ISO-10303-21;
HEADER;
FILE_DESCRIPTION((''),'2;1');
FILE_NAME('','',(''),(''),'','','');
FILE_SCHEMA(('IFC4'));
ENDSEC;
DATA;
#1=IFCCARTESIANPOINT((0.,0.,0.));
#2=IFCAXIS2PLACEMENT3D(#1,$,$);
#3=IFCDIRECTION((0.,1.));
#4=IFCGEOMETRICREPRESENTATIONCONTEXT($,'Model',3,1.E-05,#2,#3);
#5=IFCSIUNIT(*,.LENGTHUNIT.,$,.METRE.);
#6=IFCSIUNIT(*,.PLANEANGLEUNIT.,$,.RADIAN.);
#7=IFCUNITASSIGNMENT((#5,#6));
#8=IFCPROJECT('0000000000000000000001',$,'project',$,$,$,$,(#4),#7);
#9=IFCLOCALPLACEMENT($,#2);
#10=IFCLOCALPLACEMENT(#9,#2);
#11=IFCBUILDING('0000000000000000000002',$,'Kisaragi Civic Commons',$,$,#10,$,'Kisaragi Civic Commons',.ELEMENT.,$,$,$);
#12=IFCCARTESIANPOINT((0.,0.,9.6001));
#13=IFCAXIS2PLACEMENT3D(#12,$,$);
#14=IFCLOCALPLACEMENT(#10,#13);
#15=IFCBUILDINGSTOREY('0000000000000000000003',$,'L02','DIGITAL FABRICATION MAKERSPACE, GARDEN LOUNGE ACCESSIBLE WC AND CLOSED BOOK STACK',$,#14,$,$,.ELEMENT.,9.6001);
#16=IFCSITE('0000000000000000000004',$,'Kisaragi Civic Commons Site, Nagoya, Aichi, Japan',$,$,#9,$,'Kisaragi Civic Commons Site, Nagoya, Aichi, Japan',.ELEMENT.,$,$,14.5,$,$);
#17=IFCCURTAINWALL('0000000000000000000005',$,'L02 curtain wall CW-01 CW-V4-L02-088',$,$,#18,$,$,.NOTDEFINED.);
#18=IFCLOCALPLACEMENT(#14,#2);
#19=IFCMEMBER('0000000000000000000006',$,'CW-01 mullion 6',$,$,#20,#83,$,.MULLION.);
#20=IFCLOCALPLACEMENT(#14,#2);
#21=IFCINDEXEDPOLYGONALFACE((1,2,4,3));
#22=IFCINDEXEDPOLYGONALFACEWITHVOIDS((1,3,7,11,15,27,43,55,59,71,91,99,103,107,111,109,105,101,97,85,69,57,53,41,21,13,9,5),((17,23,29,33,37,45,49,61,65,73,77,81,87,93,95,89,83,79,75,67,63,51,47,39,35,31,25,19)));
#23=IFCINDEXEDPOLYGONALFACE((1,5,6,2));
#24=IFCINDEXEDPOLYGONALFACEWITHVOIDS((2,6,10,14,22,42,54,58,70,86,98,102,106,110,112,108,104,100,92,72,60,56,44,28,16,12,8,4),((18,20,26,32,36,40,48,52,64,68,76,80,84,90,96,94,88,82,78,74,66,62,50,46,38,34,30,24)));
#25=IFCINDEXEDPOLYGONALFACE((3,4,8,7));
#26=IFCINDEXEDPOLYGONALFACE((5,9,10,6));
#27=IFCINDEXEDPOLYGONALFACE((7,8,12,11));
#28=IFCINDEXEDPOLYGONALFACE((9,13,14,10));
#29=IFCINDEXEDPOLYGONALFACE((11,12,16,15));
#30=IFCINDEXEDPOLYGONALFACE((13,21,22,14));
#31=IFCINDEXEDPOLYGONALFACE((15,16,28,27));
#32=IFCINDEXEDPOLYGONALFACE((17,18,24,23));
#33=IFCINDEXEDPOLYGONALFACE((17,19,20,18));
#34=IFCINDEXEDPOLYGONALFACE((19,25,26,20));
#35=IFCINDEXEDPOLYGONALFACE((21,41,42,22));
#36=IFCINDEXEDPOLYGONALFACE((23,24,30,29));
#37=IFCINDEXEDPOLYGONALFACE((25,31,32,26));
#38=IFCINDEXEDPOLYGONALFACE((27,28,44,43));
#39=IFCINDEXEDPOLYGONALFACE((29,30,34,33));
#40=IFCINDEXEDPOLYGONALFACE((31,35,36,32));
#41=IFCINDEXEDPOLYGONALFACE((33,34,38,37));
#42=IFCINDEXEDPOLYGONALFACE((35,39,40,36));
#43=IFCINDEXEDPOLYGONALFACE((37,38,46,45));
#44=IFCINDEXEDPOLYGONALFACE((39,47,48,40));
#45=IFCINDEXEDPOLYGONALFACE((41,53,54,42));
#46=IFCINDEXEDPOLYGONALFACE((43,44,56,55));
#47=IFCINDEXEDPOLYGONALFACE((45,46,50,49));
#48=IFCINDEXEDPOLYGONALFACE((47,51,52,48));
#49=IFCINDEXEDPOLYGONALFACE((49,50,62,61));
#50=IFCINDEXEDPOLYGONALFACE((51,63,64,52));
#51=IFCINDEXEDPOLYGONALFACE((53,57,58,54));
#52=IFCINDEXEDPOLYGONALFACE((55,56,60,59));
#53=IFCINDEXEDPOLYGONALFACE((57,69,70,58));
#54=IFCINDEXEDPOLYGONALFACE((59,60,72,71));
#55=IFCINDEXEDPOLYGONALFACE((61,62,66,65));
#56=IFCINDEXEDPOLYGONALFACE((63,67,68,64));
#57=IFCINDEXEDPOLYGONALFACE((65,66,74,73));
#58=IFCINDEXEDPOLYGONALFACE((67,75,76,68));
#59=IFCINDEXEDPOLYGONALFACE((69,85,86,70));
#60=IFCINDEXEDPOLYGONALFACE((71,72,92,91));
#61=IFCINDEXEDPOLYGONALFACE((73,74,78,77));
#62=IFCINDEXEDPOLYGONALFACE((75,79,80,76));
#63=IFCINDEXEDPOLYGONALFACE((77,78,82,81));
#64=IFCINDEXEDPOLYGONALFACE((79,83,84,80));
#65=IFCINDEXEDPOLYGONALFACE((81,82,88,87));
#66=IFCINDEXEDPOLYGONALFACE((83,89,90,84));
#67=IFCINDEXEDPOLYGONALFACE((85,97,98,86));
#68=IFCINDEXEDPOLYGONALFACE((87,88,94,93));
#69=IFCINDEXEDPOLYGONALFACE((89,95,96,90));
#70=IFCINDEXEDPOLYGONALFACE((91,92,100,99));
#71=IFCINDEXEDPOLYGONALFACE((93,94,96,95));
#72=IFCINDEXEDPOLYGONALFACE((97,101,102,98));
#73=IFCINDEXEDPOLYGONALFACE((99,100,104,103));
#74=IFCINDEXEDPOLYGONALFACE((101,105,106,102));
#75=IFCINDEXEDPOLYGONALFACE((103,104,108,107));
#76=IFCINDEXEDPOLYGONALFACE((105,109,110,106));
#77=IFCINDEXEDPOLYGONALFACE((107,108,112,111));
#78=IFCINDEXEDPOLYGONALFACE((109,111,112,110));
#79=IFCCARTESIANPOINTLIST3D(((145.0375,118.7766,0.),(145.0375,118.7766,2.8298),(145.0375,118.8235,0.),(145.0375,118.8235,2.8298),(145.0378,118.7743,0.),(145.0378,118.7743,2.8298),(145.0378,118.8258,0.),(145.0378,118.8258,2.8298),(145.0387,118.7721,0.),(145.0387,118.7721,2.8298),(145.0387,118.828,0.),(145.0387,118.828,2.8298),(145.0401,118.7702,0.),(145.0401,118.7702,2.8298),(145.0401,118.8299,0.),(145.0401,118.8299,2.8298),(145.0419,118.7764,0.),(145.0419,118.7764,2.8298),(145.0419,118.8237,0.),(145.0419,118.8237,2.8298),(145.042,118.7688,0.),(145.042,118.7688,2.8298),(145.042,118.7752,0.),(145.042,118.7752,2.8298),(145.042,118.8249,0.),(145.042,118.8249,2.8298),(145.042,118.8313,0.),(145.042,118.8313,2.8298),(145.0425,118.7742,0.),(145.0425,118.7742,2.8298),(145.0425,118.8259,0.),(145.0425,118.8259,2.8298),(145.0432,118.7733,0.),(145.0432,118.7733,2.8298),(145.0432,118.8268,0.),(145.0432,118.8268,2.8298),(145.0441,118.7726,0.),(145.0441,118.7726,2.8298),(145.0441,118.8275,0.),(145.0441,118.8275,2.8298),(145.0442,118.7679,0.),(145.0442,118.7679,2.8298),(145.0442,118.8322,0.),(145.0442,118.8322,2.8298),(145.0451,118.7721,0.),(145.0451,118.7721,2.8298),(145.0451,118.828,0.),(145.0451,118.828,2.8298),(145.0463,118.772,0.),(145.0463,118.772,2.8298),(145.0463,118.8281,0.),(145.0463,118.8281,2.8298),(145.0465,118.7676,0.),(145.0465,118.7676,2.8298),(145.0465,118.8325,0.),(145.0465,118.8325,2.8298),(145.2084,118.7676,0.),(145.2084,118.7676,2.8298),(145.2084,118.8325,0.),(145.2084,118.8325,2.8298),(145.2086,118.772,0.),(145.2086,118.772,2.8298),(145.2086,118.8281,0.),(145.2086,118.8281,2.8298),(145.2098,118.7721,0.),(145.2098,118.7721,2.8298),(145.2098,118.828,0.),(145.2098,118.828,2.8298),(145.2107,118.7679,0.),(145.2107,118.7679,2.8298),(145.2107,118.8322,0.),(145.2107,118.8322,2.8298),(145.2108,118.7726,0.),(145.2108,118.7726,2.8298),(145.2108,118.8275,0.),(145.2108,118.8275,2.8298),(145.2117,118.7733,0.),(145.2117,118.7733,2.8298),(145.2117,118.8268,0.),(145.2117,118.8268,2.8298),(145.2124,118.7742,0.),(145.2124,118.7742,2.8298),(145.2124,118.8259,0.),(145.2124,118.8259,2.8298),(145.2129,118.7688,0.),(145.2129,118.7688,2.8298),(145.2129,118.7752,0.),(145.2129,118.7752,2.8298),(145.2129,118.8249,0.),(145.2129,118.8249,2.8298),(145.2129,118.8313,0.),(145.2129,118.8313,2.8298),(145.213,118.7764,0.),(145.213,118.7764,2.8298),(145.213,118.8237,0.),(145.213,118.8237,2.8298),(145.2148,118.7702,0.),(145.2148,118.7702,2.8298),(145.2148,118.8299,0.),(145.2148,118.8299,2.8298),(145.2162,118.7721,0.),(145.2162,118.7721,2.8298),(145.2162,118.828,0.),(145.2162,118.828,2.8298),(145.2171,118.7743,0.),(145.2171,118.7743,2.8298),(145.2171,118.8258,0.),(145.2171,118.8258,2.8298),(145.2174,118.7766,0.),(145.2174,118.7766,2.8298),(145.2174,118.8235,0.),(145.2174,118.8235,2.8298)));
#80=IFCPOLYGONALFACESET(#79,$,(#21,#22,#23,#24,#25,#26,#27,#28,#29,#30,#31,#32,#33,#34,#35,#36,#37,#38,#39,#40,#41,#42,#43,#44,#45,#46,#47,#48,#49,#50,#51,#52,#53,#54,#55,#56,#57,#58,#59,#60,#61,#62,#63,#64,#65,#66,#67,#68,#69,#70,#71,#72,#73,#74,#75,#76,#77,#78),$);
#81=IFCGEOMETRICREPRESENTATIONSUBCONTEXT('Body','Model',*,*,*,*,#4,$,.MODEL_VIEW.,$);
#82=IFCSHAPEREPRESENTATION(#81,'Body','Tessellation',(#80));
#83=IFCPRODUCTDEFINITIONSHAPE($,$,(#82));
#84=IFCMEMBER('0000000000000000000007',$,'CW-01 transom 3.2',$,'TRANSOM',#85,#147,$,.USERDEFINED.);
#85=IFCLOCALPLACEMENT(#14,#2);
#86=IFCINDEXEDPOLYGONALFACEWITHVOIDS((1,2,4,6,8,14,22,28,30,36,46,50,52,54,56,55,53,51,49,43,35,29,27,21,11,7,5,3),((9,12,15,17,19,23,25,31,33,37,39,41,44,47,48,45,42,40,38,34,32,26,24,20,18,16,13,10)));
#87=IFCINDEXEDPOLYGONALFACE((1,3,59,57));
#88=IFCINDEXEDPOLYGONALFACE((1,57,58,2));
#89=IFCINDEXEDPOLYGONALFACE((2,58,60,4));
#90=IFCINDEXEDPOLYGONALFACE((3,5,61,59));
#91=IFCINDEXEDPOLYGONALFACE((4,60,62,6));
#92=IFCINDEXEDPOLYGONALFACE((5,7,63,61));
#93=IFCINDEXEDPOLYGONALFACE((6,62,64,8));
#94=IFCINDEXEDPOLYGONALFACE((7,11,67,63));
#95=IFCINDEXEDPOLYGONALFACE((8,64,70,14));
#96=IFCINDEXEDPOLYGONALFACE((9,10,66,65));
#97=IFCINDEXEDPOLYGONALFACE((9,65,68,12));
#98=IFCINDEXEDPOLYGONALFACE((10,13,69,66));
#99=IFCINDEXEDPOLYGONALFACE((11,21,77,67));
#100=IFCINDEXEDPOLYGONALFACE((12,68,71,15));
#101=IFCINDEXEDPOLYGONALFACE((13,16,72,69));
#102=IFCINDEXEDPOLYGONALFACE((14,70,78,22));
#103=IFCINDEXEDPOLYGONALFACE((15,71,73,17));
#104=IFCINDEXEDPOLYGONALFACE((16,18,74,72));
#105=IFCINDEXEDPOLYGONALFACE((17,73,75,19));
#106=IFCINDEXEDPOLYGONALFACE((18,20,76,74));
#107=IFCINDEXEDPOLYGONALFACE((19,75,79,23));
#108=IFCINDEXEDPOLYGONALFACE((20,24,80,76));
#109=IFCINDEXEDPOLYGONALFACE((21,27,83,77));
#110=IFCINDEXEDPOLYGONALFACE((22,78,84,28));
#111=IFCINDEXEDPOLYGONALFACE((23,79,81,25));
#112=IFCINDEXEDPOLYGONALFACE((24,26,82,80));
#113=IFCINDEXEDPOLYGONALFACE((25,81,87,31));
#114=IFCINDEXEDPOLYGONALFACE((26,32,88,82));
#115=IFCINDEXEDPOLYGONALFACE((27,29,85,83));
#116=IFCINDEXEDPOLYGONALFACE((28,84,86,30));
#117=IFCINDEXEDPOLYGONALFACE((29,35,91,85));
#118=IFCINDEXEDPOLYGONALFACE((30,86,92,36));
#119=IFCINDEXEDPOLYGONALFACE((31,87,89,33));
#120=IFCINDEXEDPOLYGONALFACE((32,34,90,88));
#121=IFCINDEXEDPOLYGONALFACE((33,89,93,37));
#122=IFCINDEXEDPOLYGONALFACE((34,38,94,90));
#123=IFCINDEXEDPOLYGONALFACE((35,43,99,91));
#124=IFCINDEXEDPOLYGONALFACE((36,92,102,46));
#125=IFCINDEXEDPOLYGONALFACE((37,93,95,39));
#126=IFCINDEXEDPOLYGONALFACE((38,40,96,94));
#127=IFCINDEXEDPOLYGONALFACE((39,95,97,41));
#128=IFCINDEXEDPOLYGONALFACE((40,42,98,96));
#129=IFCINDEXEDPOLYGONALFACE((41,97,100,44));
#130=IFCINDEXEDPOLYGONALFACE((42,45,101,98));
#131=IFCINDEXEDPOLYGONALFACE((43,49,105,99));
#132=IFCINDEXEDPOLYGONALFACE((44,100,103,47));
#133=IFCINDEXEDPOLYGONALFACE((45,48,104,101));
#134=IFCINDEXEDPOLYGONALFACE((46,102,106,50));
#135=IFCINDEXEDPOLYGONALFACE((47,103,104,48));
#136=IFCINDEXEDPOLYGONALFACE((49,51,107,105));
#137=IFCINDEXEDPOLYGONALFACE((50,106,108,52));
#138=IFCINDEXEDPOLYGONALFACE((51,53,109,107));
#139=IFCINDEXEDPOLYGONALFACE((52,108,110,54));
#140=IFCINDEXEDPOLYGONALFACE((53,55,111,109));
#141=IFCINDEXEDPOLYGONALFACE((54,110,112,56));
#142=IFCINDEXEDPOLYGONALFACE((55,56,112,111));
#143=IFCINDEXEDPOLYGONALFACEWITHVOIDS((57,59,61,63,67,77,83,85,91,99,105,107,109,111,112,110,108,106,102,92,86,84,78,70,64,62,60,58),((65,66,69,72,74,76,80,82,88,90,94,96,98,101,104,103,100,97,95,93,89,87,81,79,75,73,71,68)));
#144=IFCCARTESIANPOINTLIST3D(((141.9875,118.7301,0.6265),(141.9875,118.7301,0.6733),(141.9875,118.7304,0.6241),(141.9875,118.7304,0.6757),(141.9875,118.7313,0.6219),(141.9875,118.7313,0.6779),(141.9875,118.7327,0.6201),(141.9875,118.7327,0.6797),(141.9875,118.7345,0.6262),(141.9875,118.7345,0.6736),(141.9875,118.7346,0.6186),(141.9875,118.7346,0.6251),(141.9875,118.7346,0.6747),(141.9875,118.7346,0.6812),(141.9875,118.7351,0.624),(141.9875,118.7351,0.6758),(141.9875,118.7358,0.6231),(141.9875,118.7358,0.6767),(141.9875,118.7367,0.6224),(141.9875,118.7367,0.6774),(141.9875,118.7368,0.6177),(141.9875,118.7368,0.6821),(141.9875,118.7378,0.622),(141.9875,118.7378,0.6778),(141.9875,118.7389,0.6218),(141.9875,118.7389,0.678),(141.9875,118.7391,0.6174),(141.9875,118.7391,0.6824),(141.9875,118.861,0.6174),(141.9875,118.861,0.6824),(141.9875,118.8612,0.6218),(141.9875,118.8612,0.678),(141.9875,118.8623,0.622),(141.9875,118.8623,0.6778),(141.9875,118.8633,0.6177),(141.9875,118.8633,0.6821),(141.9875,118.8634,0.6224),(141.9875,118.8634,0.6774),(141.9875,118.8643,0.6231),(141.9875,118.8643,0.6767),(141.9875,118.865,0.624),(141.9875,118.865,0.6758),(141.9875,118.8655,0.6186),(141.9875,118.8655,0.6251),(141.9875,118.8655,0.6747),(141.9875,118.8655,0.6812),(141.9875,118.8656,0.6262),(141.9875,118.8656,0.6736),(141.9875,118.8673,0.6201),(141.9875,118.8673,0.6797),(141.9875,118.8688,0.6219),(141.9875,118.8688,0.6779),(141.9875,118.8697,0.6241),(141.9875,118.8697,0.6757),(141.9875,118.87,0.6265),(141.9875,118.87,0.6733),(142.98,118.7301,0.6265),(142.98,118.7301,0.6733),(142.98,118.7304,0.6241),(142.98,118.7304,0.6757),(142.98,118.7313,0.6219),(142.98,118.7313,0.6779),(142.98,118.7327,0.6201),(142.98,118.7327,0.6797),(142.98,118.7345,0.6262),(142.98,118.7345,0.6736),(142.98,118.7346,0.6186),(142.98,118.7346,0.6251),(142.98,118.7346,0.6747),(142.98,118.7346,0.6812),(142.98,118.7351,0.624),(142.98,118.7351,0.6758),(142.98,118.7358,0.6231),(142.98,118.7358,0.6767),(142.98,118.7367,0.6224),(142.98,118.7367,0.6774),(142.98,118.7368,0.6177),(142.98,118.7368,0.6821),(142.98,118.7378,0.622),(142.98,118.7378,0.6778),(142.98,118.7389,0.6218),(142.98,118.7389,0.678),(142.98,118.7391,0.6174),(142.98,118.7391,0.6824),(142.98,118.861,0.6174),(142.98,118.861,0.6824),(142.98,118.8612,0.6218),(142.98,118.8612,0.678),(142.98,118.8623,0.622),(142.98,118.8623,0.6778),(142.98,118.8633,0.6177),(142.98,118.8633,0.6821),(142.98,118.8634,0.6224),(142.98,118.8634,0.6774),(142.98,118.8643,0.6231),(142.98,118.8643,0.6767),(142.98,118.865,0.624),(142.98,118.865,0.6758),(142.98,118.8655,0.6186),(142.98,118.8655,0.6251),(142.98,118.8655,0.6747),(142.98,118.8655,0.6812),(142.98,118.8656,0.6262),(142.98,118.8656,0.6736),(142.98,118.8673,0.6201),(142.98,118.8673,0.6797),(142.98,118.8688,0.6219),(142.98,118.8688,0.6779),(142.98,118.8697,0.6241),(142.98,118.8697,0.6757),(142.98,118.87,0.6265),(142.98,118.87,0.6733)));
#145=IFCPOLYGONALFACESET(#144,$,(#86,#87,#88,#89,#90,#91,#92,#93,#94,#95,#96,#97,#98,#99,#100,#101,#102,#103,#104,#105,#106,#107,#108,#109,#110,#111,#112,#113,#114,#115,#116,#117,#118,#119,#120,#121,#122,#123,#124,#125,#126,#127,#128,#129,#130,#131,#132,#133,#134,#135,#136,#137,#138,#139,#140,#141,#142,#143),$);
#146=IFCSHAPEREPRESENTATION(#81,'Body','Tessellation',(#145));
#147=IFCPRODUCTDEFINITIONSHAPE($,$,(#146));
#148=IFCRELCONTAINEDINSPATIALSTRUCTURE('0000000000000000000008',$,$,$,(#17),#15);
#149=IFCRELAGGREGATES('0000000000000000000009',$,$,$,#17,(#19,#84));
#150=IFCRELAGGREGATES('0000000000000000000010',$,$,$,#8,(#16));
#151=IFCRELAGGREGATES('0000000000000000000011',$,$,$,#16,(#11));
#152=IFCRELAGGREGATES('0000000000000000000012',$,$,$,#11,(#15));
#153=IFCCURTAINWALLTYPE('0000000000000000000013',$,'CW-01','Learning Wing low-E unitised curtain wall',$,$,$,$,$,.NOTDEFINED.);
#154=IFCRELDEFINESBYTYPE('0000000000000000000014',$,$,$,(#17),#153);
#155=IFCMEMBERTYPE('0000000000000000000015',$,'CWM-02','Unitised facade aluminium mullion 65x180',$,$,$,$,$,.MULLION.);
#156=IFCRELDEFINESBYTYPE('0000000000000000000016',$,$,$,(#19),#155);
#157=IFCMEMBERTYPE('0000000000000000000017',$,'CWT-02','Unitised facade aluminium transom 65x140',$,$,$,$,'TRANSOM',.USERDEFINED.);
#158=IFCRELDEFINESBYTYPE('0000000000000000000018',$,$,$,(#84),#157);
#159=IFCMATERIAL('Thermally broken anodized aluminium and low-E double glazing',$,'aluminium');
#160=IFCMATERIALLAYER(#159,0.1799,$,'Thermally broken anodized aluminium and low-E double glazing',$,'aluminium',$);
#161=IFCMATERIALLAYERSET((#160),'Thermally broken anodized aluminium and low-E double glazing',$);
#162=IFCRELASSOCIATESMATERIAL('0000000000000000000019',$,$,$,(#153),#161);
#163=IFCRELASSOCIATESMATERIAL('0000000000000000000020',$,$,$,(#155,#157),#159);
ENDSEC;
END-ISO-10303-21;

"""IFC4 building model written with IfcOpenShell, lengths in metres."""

from ifc_helpers import new_model, si_unit, direction, frame, origin, origin_2d, place, context, subcontext, project, spatial, hollow_rectangle, extrude, material, layer, layer_set, material_profile, profile_set, type_object, element, aggregate, save


model = new_model("IFC4")

# Units and contexts
model_context = context("Model", 3, precision=1e-05, world=origin(), true_north=direction((0.0, 1.0)))
body_context = subcontext(model_context, "Body", "Model", "MODEL_VIEW")
ifc_project = project(units=[si_unit("LENGTHUNIT", "METRE"), si_unit("PLANEANGLEUNIT", "RADIAN")], contexts=[model_context])

# Site, building, storey
site_placement = place(None, origin())
site = spatial("IfcSite", under=ifc_project, at=site_placement, Name="Kisaragi Civic Commons Site, Nagoya, Aichi, Japan", LongName="Kisaragi Civic Commons Site, Nagoya, Aichi, Japan", CompositionType="ELEMENT", RefElevation=14.5)
building_placement = place(site_placement, origin())
building = spatial("IfcBuilding", under=site, at=building_placement, Name="Kisaragi Civic Commons", LongName="Kisaragi Civic Commons", CompositionType="ELEMENT")
storey_placement = place(building_placement, frame((0.0, 0.0, 9.6001)))
storey = spatial("IfcBuildingStorey", under=building, at=storey_placement, Name="L02", Description="DIGITAL FABRICATION MAKERSPACE, GARDEN LOUNGE ACCESSIBLE WC AND CLOSED BOOK STACK", CompositionType="ELEMENT", Elevation=9.6001)

# Curtain wall, members
ifc_material_1 = material(Name="Thermally broken anodized aluminium and low-E double glazing", Category="aluminium")
ifc_layer_1 = layer(ifc_material_1, 0.1799, Name="Thermally broken anodized aluminium and low-E double glazing", Category="aluminium")
ifc_layer_set_1 = layer_set([ifc_layer_1], Name="Thermally broken anodized aluminium and low-E double glazing")
curtain_wall_type = type_object("IfcCurtainWallType", Name="CW-01", Description="Learning Wing low-E unitised curtain wall", PredefinedType="NOTDEFINED", material=ifc_layer_set_1)
curtain_wall_placement = place(storey_placement, origin())
curtain_wall = element("IfcCurtainWall", 1, at=curtain_wall_placement, inside=storey, type_object=curtain_wall_type, Name="L02 curtain wall CW-01 CW-V4-L02-088", PredefinedType="NOTDEFINED")
ifc_material_profile_1 = material_profile(ifc_material_1, hollow_rectangle(XDim=0.0649, YDim=0.1799, WallThickness=0.0044, InnerFilletRadius=0.0044, OuterFilletRadius=0.009, at=origin_2d()), Name="CWM-65x180x4.5", Category="aluminium")
ifc_profile_set_1 = profile_set([ifc_material_profile_1], Name="Thermally broken anodized aluminium and low-E double glazing")
member_type_1 = type_object("IfcMemberType", Name="CWM-02", Description="Unitised facade aluminium mullion 65x180", PredefinedType="MULLION", material=ifc_profile_set_1)
member_1_placement = place(storey_placement, frame((145.1274, 118.8, 0.0), z_axis=(0.0, 0.0, 1.0), x_axis=(0.0, 1.0, 0.0)))
member_1 = element("IfcMember", 2, at=member_1_placement, type_object=member_type_1, Name="CW-01 mullion 6", PredefinedType="MULLION", context=body_context, shape_type="SweptSolid", body=[
    extrude(hollow_rectangle(XDim=0.0649, YDim=0.1799, WallThickness=0.0044, InnerFilletRadius=0.0044, OuterFilletRadius=0.009, at=origin_2d()), origin(), (0.0, 0.0, 1.0), 2.8298),
])
ifc_material_profile_2 = material_profile(ifc_material_1, hollow_rectangle(XDim=0.1399, YDim=0.0649, WallThickness=0.0044, InnerFilletRadius=0.0044, OuterFilletRadius=0.009, at=origin_2d()), Name="CWT-65x140x4.5", Category="aluminium")
ifc_profile_set_2 = profile_set([ifc_material_profile_2], Name="Thermally broken anodized aluminium and low-E double glazing")
member_type_2 = type_object("IfcMemberType", Name="CWT-02", Description="Unitised facade aluminium transom 65x140", ElementType="TRANSOM", PredefinedType="USERDEFINED", material=ifc_profile_set_2)
member_2_placement = place(storey_placement, frame((141.9875, 118.8, 0.6499), z_axis=(1.0, 0.0, 0.0), x_axis=(0.0, 1.0, 0.0)))
member_2 = element("IfcMember", 3, at=member_2_placement, type_object=member_type_2, Name="CW-01 transom 3.2", ObjectType="TRANSOM", PredefinedType="USERDEFINED", context=body_context, shape_type="SweptSolid", body=[
    extrude(hollow_rectangle(XDim=0.1399, YDim=0.0649, WallThickness=0.0044, InnerFilletRadius=0.0044, OuterFilletRadius=0.009, at=origin_2d()), origin(), (0.0, 0.0, 1.0), 0.9924),
])
aggregate(curtain_wall, [member_1, member_2])

save(model, "model.ifc")
